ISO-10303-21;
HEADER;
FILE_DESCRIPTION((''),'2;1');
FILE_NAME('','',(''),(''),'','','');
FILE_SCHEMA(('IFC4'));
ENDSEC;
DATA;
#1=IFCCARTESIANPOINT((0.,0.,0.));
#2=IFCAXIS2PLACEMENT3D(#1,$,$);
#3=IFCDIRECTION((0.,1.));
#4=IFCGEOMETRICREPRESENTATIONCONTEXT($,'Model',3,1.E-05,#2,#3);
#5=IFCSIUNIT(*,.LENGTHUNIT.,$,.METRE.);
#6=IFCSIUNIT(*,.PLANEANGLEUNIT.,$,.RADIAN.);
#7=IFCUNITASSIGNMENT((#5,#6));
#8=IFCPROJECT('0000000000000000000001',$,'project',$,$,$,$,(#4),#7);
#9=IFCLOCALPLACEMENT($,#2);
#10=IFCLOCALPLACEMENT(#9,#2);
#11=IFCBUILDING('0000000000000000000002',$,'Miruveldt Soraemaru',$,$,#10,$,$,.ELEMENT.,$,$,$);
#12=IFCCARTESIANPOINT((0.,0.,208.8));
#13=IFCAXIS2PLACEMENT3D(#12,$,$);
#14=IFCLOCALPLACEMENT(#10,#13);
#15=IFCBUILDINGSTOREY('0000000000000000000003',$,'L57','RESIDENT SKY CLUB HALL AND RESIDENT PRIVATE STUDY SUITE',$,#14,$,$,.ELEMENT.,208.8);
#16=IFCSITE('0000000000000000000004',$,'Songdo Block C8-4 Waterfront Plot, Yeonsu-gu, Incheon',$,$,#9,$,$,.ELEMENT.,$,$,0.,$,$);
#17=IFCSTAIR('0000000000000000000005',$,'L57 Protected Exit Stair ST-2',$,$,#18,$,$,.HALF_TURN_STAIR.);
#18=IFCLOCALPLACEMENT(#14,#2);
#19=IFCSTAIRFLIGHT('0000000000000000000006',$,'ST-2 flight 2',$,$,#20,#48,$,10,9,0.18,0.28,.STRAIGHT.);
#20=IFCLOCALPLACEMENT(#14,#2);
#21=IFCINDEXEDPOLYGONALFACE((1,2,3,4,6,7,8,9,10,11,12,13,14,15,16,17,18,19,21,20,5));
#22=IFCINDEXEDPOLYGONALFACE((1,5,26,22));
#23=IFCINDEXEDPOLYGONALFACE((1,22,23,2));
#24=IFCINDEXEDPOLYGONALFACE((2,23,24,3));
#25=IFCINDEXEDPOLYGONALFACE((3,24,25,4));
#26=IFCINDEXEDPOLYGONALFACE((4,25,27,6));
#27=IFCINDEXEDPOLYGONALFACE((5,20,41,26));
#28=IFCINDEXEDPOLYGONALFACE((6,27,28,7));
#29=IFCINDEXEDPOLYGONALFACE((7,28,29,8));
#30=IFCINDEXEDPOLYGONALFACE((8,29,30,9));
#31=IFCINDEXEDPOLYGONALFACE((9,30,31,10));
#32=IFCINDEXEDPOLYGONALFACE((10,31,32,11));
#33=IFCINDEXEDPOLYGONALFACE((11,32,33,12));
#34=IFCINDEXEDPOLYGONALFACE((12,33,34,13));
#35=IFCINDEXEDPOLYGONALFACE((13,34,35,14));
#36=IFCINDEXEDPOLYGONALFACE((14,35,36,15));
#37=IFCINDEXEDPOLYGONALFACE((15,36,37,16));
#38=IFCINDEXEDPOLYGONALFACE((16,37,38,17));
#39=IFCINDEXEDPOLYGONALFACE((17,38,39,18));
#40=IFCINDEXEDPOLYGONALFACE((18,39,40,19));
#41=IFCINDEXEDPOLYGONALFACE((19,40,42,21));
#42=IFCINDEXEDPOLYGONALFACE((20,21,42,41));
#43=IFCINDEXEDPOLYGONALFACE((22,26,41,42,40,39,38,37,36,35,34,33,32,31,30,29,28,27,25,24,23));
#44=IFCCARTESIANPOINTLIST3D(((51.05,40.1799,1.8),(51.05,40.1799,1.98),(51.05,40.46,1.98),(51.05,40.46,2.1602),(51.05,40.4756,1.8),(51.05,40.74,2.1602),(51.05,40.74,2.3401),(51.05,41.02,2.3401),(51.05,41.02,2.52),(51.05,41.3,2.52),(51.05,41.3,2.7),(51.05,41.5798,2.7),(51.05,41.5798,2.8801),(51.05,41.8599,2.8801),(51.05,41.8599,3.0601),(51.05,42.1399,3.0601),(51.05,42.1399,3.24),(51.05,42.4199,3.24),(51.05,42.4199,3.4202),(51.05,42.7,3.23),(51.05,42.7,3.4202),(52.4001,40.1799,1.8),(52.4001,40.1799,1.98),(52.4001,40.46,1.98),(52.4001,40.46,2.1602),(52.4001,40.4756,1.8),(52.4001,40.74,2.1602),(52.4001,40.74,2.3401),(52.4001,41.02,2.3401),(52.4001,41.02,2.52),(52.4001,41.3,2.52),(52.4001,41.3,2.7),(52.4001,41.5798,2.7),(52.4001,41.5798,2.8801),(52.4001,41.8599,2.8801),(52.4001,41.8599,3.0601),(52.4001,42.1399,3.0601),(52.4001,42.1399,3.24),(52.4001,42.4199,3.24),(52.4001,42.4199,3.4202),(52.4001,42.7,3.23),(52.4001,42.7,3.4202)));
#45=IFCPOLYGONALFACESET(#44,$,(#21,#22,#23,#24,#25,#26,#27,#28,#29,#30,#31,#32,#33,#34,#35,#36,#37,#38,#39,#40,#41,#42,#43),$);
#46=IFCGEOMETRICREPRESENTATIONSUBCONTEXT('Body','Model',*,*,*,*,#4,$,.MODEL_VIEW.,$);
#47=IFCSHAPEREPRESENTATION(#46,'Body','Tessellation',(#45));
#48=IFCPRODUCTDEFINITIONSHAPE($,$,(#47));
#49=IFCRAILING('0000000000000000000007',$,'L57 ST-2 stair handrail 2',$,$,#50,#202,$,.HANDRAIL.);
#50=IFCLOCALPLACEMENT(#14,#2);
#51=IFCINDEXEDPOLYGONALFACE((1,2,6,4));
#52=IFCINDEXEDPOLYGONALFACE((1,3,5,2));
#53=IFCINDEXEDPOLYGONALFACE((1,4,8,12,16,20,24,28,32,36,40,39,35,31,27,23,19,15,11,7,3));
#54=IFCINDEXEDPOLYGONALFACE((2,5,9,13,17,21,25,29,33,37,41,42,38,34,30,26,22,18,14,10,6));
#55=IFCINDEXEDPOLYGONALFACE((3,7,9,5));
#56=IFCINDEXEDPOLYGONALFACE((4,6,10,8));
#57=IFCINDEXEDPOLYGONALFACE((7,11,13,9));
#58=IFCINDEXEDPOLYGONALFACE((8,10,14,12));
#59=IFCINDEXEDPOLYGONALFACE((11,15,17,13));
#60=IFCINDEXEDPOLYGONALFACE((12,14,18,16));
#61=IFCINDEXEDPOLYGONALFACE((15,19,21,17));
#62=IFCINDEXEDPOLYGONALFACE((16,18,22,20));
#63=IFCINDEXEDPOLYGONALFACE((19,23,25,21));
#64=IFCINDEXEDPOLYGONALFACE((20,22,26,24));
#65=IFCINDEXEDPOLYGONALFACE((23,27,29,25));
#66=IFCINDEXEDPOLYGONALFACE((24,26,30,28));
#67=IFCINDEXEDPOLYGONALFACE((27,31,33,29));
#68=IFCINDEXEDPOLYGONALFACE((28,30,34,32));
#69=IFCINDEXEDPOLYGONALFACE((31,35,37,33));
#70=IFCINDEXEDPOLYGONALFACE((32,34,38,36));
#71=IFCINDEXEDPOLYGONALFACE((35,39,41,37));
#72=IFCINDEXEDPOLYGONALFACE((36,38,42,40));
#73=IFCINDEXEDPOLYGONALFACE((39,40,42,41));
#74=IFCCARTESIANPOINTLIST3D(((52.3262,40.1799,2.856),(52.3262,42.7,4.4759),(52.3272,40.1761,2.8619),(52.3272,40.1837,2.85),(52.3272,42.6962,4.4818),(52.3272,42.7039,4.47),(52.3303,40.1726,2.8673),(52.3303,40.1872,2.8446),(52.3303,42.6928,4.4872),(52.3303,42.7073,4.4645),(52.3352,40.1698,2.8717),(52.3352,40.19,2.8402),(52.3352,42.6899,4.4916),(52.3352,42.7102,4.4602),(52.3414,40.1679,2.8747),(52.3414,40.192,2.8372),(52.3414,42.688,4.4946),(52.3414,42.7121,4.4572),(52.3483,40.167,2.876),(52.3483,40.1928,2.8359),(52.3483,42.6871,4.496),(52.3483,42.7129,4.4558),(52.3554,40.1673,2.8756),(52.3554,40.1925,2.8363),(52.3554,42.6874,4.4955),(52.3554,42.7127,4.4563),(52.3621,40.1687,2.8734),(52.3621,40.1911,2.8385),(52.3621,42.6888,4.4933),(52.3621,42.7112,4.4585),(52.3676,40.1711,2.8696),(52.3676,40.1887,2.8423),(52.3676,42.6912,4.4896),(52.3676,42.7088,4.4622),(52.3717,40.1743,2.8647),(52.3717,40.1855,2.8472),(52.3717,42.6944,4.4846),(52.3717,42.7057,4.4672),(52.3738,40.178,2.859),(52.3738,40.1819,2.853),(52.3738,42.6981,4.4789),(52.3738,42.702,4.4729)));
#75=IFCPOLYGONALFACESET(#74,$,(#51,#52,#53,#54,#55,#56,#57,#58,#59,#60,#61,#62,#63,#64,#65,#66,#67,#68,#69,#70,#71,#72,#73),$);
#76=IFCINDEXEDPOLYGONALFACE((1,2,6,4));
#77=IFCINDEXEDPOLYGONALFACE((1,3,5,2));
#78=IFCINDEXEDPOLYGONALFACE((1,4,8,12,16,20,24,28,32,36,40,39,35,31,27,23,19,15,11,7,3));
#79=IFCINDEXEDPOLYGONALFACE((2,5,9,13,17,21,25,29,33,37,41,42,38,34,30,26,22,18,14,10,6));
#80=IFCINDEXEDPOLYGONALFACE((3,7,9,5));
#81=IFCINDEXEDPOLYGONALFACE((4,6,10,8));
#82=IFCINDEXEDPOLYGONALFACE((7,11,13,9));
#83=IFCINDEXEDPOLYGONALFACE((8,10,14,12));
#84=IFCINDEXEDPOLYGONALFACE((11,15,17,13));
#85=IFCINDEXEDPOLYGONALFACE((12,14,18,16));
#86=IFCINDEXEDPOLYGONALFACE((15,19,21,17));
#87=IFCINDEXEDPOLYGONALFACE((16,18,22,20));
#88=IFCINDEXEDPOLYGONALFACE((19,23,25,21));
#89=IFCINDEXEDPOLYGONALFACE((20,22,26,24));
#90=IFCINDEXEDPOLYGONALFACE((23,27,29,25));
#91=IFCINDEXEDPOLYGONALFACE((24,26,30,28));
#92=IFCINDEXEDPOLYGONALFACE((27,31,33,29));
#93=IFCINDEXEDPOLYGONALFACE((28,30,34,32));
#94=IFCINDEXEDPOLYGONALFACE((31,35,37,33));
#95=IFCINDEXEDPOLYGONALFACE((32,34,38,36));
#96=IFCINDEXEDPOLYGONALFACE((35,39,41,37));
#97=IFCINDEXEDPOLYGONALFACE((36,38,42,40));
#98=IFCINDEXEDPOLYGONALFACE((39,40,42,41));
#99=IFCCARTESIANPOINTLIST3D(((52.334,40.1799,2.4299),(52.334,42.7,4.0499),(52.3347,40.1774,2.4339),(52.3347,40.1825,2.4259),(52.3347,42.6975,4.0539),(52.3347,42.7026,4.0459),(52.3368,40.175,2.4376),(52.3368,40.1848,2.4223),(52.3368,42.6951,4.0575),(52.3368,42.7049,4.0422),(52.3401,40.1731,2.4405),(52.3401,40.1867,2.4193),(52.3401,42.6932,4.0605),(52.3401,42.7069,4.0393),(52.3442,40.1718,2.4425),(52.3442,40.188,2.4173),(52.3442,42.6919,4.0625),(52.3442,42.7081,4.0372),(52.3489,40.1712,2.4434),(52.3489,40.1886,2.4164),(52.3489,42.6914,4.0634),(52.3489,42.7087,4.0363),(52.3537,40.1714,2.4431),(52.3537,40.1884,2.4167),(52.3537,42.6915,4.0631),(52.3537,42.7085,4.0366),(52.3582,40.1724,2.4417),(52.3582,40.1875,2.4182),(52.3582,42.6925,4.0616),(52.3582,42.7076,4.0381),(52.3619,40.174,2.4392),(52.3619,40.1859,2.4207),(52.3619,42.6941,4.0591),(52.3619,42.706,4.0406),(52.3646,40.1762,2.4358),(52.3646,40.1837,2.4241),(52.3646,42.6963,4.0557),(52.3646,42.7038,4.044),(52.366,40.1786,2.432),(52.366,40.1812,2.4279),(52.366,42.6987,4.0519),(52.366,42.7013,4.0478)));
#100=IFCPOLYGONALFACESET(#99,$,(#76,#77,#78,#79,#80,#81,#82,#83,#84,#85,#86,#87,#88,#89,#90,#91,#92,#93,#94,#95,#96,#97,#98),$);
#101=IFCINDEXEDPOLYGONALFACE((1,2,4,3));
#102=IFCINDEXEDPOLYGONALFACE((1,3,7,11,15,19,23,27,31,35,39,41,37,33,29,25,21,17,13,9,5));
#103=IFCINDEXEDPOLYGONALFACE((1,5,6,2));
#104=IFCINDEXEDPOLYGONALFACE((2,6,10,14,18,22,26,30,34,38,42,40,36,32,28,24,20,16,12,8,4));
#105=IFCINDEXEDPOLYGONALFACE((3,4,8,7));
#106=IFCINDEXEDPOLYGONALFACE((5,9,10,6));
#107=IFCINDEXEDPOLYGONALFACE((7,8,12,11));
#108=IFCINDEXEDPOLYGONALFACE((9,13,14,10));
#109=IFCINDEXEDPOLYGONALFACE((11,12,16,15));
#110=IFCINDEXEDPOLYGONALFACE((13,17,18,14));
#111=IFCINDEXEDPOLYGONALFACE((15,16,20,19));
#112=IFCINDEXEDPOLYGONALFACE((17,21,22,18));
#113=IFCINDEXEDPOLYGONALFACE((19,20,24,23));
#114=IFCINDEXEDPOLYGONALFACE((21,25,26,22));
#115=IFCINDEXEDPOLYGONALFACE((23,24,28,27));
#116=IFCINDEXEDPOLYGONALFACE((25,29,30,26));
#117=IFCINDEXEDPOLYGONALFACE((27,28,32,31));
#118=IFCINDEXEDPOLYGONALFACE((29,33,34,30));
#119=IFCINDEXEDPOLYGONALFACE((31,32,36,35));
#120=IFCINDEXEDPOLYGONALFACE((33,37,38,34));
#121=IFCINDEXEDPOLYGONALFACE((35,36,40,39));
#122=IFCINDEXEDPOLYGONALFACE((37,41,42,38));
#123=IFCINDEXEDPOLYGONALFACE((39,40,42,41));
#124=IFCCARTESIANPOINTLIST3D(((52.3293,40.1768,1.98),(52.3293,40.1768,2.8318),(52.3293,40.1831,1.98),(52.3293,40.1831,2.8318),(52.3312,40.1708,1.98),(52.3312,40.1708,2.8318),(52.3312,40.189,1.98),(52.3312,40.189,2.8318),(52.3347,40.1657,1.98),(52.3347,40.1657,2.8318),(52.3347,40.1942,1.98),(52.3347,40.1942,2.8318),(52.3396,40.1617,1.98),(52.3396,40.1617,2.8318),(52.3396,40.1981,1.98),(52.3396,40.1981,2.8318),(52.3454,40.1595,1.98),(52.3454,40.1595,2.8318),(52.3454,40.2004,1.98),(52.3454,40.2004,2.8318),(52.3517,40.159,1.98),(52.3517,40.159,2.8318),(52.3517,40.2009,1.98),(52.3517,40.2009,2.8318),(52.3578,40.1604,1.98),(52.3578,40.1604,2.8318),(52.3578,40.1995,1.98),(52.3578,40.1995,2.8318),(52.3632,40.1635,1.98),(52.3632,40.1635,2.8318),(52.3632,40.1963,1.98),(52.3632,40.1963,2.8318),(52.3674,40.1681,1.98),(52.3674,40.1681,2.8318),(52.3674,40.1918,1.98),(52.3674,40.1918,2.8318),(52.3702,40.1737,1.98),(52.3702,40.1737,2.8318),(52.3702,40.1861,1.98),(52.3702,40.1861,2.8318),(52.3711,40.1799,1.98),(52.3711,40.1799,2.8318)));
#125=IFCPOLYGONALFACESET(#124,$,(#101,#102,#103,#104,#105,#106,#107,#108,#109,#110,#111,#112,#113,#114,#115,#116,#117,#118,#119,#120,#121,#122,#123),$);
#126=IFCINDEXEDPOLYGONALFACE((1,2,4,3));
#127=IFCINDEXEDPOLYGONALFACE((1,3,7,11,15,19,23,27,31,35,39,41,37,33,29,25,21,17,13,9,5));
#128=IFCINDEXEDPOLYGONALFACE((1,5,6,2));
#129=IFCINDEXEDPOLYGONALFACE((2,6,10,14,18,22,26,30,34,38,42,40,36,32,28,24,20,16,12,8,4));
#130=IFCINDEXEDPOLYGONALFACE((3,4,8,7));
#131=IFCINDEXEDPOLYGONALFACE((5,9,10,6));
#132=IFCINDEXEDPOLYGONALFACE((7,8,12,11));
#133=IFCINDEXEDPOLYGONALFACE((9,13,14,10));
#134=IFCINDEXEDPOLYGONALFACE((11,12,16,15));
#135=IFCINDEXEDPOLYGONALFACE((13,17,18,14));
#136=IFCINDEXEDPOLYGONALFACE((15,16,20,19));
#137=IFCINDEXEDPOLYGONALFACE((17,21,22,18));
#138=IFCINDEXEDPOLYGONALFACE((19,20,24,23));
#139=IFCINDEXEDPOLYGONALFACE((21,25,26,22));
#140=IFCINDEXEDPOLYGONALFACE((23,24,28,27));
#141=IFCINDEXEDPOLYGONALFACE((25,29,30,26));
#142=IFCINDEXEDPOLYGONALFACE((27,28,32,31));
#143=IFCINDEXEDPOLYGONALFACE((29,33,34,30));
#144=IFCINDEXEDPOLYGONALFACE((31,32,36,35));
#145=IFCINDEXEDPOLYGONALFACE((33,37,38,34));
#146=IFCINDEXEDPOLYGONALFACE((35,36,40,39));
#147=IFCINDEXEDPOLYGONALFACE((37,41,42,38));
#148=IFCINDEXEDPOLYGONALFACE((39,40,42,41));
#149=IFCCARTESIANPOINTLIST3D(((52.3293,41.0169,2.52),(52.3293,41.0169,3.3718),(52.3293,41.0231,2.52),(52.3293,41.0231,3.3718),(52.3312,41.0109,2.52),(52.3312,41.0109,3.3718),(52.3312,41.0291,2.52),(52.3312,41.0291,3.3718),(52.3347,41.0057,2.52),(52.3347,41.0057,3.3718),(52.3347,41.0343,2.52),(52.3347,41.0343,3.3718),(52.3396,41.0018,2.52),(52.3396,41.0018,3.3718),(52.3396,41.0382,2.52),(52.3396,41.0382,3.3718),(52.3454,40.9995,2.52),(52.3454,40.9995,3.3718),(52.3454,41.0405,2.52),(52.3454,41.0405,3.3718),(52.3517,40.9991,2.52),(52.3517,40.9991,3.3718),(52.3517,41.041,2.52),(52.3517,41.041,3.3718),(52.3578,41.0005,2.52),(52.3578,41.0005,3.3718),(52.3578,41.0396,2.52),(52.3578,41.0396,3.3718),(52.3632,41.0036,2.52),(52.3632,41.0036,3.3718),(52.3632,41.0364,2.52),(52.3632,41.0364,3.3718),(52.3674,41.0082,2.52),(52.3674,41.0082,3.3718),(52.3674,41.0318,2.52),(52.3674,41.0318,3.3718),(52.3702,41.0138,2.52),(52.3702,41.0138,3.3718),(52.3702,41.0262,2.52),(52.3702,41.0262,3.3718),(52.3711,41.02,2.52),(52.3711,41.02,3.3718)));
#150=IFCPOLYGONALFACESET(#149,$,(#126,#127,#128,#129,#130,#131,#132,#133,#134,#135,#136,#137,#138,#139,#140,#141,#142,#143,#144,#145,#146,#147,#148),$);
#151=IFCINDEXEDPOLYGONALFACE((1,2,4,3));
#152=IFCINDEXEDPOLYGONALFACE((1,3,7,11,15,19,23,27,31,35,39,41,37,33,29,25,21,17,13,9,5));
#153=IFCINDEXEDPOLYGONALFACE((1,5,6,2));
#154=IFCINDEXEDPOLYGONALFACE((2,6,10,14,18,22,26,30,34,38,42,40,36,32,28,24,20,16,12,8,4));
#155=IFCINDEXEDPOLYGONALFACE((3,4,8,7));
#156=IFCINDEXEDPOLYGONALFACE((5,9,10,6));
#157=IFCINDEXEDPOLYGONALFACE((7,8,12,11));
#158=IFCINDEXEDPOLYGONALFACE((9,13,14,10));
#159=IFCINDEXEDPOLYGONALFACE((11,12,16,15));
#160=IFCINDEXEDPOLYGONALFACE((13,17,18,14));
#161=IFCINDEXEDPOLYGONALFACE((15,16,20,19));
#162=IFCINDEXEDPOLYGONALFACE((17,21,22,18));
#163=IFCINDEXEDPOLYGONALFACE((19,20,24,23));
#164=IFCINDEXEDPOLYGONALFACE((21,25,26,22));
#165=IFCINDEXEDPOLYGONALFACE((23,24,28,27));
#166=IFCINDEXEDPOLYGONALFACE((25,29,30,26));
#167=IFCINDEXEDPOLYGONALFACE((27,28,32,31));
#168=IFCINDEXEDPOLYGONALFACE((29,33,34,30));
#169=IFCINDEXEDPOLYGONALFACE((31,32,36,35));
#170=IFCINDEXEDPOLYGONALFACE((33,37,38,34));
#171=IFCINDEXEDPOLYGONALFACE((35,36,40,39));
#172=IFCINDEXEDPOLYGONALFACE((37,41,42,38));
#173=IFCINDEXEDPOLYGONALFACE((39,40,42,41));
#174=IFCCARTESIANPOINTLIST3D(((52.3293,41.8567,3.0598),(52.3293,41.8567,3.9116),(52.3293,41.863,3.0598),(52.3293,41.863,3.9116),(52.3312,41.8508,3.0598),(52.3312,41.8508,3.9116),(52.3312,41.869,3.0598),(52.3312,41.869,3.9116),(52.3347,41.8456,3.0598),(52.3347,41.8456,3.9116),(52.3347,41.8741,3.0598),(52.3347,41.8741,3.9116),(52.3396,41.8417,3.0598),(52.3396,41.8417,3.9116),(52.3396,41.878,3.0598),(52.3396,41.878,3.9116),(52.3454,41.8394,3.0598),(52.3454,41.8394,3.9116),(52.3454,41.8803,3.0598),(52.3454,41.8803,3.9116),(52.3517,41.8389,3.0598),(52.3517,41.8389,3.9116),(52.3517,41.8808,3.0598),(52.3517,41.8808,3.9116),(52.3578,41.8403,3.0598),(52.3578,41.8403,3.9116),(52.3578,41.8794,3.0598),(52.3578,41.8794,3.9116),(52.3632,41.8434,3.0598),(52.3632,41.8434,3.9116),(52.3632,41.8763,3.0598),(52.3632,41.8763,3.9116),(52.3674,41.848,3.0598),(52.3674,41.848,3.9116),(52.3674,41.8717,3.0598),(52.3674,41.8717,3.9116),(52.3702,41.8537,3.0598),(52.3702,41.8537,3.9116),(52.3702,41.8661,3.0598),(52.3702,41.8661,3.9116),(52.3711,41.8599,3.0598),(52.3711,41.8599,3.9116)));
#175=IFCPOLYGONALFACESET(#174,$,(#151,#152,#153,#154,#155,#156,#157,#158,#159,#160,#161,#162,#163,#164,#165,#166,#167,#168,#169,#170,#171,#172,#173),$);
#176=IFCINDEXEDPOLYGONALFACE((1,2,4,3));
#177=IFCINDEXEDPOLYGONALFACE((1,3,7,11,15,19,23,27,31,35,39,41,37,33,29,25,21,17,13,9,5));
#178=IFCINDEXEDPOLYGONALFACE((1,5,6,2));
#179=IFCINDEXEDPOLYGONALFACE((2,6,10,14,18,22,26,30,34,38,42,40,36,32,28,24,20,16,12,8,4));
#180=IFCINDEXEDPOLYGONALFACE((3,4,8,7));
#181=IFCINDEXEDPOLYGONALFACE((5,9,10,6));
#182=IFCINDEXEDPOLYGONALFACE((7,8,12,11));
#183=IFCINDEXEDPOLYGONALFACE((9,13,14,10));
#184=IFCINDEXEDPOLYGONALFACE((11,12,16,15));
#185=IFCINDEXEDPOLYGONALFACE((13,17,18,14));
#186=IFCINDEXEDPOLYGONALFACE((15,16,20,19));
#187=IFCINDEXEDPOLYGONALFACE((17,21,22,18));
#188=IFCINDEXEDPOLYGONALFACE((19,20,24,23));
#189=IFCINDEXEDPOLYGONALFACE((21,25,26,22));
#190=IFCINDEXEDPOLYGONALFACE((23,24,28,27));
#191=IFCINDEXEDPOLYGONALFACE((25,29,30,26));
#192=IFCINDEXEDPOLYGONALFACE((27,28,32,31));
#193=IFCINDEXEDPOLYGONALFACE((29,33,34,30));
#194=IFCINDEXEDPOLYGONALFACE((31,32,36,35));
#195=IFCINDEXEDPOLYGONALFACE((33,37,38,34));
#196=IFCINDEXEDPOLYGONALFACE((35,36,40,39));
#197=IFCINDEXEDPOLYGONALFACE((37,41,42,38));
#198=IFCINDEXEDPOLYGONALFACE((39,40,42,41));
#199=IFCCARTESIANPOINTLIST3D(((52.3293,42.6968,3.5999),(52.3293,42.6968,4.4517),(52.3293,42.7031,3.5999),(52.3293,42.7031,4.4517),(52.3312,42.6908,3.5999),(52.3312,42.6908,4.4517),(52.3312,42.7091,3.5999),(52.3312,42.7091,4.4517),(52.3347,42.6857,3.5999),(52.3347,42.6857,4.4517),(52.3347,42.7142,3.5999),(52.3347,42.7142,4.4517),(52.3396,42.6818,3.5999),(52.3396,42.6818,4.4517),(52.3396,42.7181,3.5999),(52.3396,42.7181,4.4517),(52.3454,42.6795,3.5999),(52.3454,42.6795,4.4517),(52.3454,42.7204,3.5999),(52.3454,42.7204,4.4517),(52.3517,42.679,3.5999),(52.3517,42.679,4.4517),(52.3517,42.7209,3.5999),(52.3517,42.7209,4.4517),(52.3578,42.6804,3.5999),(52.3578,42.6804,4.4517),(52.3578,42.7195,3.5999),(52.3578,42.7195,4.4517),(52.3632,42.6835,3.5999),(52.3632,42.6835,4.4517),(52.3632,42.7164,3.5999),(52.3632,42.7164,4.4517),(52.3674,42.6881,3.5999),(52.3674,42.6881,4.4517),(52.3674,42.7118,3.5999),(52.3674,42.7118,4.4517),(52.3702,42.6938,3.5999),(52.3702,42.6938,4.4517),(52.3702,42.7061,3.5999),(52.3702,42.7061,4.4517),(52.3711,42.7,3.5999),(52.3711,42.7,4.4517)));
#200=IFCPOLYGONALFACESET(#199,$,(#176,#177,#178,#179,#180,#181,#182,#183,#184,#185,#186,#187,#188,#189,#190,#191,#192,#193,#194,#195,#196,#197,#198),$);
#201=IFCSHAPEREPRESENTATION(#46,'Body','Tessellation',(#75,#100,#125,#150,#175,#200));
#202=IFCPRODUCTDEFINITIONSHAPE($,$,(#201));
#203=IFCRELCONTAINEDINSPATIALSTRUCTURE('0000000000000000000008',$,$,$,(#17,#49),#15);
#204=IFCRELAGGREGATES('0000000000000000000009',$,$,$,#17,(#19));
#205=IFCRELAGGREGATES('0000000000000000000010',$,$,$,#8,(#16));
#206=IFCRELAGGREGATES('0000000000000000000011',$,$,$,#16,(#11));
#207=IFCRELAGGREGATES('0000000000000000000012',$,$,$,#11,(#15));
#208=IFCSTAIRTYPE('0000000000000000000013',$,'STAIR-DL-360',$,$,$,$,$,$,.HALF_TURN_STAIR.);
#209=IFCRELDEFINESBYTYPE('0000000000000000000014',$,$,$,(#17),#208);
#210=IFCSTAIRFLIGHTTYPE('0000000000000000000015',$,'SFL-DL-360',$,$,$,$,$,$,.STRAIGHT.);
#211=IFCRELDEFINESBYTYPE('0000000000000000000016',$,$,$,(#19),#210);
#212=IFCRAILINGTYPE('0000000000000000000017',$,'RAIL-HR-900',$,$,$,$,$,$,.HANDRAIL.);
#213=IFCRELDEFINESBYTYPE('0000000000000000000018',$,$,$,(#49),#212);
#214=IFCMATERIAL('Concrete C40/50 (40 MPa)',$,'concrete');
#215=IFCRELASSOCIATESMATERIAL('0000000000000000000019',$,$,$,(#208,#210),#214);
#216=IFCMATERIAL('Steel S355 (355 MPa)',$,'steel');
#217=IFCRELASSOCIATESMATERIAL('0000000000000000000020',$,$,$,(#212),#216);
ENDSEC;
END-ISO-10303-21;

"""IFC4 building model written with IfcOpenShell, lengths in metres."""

from ifc_helpers import new_model, si_unit, direction, frame, origin, origin_2d, place, context, subcontext, project, spatial, polyline, circle, outline, extrude, material, type_object, element, aggregate, save


model = new_model("IFC4")

# Units and contexts
model_context = context("Model", 3, precision=1e-05, world=origin(), true_north=direction((0.0, 1.0)))
body_context = subcontext(model_context, "Body", "Model", "MODEL_VIEW")
ifc_project = project(units=[si_unit("LENGTHUNIT", "METRE"), si_unit("PLANEANGLEUNIT", "RADIAN")], contexts=[model_context])

# Site, building, storey
site_placement = place(None, origin())
site = spatial("IfcSite", under=ifc_project, at=site_placement, Name="Songdo Block C8-4 Waterfront Plot, Yeonsu-gu, Incheon", CompositionType="ELEMENT", RefElevation=0.0)
building_placement = place(site_placement, origin())
building = spatial("IfcBuilding", under=site, at=building_placement, Name="Miruveldt Soraemaru", CompositionType="ELEMENT")
storey_placement = place(building_placement, frame((0.0, 0.0, 208.8)))
storey = spatial("IfcBuildingStorey", under=building, at=storey_placement, Name="L57", Description="RESIDENT SKY CLUB HALL AND RESIDENT PRIVATE STUDY SUITE", CompositionType="ELEMENT", Elevation=208.8)

# Shared definitions
ifc_material_1 = material(Name="Concrete C40/50 (40 MPa)", Category="concrete")

# Stair, stair flight
stair_type = type_object("IfcStairType", Name="STAIR-DL-360", PredefinedType="HALF_TURN_STAIR", material=ifc_material_1)
stair_placement = place(storey_placement, origin())
stair = element("IfcStair", 1, at=stair_placement, inside=storey, type_object=stair_type, Name="L57 Protected Exit Stair ST-2", PredefinedType="HALF_TURN_STAIR")
stair_flight_type = type_object("IfcStairFlightType", Name="SFL-DL-360", PredefinedType="STRAIGHT", material=ifc_material_1)
stair_flight_1_placement = place(storey_placement, frame((51.7251, 40.1799, 1.8), z_axis=(0.0, 0.0, 1.0), x_axis=(0.0, 1.0, 0.0)))
stair_flight_1 = element("IfcStairFlight", 2, at=stair_flight_1_placement, type_object=stair_flight_type, Name="ST-2 flight 2", NumberOfRisers=10, NumberOfTreads=9, PredefinedType="STRAIGHT", RiserHeight=0.18, TreadLength=0.28, context=body_context, shape_type="SweptSolid", body=[
    extrude(outline(polyline([(0.0, 0.0), (0.0, 0.1799), (0.28, 0.1799), (0.28, 0.3601), (0.5601, 0.3601), (0.5601, 0.54), (0.8401, 0.54), (0.8401, 0.72), (1.1201, 0.72), (1.1201, 0.8999), (1.3999, 0.8999), (1.3999, 1.0801), (1.6799, 1.0801), (1.6799, 1.26), (1.96, 1.26), (1.96, 1.4399), (2.24, 1.4399), (2.24, 1.6201), (2.52, 1.6201), (2.52, 1.8), (2.52, 1.4299), (0.2957, 0.0), (0.0, 0.0)])), frame((0.0, 0.675, 0.0), z_axis=(0.0, -1.0, 0.0), x_axis=(1.0, 0.0, 0.0)), (0.0, 0.0, 1.0), 1.3501),
])
aggregate(stair, [stair_flight_1])

# Railing
ifc_material_2 = material(Name="Steel S355 (355 MPa)", Category="steel")
railing_type_1 = type_object("IfcRailingType", Name="RAIL-HR-900", PredefinedType="HANDRAIL", material=ifc_material_2)
railing_1_placement = place(storey_placement, frame((52.3501, 40.1799, 1.98)))
element("IfcRailing", 3, at=railing_1_placement, inside=storey, type_object=railing_type_1, Name="L57 ST-2 stair handrail 2", PredefinedType="HANDRAIL", context=body_context, shape_type="SweptSolid", body=[
    extrude(circle(Radius=0.0239, at=origin_2d()), frame((0.0, 0.0, 0.876), z_axis=(0.0, 0.8412, 0.540725), x_axis=(-1.0, 0.0, 0.0)), (0.0, 0.0, 1.0), 2.9958),
    extrude(circle(Radius=0.0161, at=origin_2d()), frame((0.0, 0.0, 0.45), z_axis=(0.0, 0.8412, 0.540725), x_axis=(-1.0, 0.0, 0.0)), (0.0, 0.0, 1.0), 2.9958),
    extrude(circle(Radius=0.021, at=origin_2d()), origin(), (0.0, 0.0, 1.0), 0.8518),
    extrude(circle(Radius=0.021, at=origin_2d()), frame((0.0, 0.8401, 0.54)), (0.0, 0.0, 1.0), 0.8518),
    extrude(circle(Radius=0.021, at=origin_2d()), frame((0.0, 1.6799, 1.0798)), (0.0, 0.0, 1.0), 0.8518),
    extrude(circle(Radius=0.021, at=origin_2d()), frame((0.0, 2.52, 1.6199)), (0.0, 0.0, 1.0), 0.8518),
])

save(model, "model.ifc")
